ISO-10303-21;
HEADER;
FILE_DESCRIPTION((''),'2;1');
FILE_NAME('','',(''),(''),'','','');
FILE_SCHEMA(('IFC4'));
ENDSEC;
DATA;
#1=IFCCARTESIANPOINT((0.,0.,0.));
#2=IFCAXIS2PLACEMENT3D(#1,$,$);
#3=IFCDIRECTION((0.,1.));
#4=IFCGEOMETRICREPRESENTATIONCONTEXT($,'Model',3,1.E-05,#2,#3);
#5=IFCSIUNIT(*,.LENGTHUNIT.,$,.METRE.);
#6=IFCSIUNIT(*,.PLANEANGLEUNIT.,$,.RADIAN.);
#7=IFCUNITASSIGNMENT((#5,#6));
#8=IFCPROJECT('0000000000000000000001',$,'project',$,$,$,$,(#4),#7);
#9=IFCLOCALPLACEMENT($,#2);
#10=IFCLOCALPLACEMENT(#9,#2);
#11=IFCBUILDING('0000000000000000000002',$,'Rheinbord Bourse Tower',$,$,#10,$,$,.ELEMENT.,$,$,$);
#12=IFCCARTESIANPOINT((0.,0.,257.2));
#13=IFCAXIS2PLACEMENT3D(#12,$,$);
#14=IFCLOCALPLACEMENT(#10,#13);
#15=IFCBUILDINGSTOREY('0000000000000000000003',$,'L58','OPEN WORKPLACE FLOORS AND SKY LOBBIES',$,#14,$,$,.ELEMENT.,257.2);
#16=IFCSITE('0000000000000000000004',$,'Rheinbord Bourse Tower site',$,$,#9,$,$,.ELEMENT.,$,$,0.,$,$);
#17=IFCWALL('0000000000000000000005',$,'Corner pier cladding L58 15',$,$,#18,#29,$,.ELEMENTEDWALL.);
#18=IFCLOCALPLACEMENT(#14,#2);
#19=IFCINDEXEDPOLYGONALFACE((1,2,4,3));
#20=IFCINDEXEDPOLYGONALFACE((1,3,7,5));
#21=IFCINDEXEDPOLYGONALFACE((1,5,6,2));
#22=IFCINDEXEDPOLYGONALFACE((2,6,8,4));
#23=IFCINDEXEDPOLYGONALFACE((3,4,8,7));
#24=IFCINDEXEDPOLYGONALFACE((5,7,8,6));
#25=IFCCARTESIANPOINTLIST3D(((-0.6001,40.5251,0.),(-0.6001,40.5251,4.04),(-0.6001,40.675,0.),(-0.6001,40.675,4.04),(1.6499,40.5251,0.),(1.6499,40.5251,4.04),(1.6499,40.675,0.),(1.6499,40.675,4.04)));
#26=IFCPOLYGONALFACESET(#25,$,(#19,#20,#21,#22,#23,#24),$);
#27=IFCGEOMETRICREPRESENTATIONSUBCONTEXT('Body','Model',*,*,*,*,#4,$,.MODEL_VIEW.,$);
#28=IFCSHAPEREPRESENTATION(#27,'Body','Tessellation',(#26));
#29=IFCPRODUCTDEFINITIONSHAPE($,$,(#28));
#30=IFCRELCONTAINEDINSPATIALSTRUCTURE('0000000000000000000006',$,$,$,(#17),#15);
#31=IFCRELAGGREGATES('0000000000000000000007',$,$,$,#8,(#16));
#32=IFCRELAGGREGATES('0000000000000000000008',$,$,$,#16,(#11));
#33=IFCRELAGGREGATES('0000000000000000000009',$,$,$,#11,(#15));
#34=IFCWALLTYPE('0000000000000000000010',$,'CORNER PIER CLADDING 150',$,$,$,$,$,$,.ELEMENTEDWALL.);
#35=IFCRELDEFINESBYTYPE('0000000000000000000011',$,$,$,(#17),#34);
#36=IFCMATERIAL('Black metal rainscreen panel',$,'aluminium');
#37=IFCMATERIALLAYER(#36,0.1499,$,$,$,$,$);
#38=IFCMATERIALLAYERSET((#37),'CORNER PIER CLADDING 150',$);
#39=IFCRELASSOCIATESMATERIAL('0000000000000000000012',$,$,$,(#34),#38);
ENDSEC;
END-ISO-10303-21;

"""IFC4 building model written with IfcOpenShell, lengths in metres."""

from ifc_helpers import new_model, si_unit, direction, frame, frame_2d, origin, place, context, subcontext, project, spatial, rectangle, extrude, material, layer, layer_set, type_object, element, save


model = new_model("IFC4")

# Units and contexts
model_context = context("Model", 3, precision=1e-05, world=origin(), true_north=direction((0.0, 1.0)))
body_context = subcontext(model_context, "Body", "Model", "MODEL_VIEW")
ifc_project = project(units=[si_unit("LENGTHUNIT", "METRE"), si_unit("PLANEANGLEUNIT", "RADIAN")], contexts=[model_context])

# Site, building, storey
site_placement = place(None, origin())
site = spatial("IfcSite", under=ifc_project, at=site_placement, Name="Rheinbord Bourse Tower site", CompositionType="ELEMENT", RefElevation=0.0)
building_placement = place(site_placement, origin())
building = spatial("IfcBuilding", under=site, at=building_placement, Name="Rheinbord Bourse Tower", CompositionType="ELEMENT")
storey_placement = place(building_placement, frame((0.0, 0.0, 257.2)))
storey = spatial("IfcBuildingStorey", under=building, at=storey_placement, Name="L58", Description="OPEN WORKPLACE FLOORS AND SKY LOBBIES", CompositionType="ELEMENT", Elevation=257.2)

# Wall
ifc_material_1 = material(Name="Black metal rainscreen panel", Category="aluminium")
ifc_layer_1 = layer(ifc_material_1, 0.1499)
ifc_layer_set_1 = layer_set([ifc_layer_1], Name="CORNER PIER CLADDING 150")
wall_type = type_object("IfcWallType", Name="CORNER PIER CLADDING 150", PredefinedType="ELEMENTEDWALL", material=ifc_layer_set_1)
wall_1_placement = place(storey_placement, frame((1.6499, 40.6001, 0.0), z_axis=(0.0, 0.0, 1.0), x_axis=(-1.0, 0.0, 0.0)))
element("IfcWall", 1, at=wall_1_placement, inside=storey, type_object=wall_type, Name="Corner pier cladding L58 15", PredefinedType="ELEMENTEDWALL", context=body_context, shape_type="SweptSolid", body=[
    extrude(rectangle(XDim=2.25, YDim=0.1499, at=frame_2d((1.125, 0.0))), origin(), (0.0, 0.0, 1.0), 4.04),
])

save(model, "model.ifc")
